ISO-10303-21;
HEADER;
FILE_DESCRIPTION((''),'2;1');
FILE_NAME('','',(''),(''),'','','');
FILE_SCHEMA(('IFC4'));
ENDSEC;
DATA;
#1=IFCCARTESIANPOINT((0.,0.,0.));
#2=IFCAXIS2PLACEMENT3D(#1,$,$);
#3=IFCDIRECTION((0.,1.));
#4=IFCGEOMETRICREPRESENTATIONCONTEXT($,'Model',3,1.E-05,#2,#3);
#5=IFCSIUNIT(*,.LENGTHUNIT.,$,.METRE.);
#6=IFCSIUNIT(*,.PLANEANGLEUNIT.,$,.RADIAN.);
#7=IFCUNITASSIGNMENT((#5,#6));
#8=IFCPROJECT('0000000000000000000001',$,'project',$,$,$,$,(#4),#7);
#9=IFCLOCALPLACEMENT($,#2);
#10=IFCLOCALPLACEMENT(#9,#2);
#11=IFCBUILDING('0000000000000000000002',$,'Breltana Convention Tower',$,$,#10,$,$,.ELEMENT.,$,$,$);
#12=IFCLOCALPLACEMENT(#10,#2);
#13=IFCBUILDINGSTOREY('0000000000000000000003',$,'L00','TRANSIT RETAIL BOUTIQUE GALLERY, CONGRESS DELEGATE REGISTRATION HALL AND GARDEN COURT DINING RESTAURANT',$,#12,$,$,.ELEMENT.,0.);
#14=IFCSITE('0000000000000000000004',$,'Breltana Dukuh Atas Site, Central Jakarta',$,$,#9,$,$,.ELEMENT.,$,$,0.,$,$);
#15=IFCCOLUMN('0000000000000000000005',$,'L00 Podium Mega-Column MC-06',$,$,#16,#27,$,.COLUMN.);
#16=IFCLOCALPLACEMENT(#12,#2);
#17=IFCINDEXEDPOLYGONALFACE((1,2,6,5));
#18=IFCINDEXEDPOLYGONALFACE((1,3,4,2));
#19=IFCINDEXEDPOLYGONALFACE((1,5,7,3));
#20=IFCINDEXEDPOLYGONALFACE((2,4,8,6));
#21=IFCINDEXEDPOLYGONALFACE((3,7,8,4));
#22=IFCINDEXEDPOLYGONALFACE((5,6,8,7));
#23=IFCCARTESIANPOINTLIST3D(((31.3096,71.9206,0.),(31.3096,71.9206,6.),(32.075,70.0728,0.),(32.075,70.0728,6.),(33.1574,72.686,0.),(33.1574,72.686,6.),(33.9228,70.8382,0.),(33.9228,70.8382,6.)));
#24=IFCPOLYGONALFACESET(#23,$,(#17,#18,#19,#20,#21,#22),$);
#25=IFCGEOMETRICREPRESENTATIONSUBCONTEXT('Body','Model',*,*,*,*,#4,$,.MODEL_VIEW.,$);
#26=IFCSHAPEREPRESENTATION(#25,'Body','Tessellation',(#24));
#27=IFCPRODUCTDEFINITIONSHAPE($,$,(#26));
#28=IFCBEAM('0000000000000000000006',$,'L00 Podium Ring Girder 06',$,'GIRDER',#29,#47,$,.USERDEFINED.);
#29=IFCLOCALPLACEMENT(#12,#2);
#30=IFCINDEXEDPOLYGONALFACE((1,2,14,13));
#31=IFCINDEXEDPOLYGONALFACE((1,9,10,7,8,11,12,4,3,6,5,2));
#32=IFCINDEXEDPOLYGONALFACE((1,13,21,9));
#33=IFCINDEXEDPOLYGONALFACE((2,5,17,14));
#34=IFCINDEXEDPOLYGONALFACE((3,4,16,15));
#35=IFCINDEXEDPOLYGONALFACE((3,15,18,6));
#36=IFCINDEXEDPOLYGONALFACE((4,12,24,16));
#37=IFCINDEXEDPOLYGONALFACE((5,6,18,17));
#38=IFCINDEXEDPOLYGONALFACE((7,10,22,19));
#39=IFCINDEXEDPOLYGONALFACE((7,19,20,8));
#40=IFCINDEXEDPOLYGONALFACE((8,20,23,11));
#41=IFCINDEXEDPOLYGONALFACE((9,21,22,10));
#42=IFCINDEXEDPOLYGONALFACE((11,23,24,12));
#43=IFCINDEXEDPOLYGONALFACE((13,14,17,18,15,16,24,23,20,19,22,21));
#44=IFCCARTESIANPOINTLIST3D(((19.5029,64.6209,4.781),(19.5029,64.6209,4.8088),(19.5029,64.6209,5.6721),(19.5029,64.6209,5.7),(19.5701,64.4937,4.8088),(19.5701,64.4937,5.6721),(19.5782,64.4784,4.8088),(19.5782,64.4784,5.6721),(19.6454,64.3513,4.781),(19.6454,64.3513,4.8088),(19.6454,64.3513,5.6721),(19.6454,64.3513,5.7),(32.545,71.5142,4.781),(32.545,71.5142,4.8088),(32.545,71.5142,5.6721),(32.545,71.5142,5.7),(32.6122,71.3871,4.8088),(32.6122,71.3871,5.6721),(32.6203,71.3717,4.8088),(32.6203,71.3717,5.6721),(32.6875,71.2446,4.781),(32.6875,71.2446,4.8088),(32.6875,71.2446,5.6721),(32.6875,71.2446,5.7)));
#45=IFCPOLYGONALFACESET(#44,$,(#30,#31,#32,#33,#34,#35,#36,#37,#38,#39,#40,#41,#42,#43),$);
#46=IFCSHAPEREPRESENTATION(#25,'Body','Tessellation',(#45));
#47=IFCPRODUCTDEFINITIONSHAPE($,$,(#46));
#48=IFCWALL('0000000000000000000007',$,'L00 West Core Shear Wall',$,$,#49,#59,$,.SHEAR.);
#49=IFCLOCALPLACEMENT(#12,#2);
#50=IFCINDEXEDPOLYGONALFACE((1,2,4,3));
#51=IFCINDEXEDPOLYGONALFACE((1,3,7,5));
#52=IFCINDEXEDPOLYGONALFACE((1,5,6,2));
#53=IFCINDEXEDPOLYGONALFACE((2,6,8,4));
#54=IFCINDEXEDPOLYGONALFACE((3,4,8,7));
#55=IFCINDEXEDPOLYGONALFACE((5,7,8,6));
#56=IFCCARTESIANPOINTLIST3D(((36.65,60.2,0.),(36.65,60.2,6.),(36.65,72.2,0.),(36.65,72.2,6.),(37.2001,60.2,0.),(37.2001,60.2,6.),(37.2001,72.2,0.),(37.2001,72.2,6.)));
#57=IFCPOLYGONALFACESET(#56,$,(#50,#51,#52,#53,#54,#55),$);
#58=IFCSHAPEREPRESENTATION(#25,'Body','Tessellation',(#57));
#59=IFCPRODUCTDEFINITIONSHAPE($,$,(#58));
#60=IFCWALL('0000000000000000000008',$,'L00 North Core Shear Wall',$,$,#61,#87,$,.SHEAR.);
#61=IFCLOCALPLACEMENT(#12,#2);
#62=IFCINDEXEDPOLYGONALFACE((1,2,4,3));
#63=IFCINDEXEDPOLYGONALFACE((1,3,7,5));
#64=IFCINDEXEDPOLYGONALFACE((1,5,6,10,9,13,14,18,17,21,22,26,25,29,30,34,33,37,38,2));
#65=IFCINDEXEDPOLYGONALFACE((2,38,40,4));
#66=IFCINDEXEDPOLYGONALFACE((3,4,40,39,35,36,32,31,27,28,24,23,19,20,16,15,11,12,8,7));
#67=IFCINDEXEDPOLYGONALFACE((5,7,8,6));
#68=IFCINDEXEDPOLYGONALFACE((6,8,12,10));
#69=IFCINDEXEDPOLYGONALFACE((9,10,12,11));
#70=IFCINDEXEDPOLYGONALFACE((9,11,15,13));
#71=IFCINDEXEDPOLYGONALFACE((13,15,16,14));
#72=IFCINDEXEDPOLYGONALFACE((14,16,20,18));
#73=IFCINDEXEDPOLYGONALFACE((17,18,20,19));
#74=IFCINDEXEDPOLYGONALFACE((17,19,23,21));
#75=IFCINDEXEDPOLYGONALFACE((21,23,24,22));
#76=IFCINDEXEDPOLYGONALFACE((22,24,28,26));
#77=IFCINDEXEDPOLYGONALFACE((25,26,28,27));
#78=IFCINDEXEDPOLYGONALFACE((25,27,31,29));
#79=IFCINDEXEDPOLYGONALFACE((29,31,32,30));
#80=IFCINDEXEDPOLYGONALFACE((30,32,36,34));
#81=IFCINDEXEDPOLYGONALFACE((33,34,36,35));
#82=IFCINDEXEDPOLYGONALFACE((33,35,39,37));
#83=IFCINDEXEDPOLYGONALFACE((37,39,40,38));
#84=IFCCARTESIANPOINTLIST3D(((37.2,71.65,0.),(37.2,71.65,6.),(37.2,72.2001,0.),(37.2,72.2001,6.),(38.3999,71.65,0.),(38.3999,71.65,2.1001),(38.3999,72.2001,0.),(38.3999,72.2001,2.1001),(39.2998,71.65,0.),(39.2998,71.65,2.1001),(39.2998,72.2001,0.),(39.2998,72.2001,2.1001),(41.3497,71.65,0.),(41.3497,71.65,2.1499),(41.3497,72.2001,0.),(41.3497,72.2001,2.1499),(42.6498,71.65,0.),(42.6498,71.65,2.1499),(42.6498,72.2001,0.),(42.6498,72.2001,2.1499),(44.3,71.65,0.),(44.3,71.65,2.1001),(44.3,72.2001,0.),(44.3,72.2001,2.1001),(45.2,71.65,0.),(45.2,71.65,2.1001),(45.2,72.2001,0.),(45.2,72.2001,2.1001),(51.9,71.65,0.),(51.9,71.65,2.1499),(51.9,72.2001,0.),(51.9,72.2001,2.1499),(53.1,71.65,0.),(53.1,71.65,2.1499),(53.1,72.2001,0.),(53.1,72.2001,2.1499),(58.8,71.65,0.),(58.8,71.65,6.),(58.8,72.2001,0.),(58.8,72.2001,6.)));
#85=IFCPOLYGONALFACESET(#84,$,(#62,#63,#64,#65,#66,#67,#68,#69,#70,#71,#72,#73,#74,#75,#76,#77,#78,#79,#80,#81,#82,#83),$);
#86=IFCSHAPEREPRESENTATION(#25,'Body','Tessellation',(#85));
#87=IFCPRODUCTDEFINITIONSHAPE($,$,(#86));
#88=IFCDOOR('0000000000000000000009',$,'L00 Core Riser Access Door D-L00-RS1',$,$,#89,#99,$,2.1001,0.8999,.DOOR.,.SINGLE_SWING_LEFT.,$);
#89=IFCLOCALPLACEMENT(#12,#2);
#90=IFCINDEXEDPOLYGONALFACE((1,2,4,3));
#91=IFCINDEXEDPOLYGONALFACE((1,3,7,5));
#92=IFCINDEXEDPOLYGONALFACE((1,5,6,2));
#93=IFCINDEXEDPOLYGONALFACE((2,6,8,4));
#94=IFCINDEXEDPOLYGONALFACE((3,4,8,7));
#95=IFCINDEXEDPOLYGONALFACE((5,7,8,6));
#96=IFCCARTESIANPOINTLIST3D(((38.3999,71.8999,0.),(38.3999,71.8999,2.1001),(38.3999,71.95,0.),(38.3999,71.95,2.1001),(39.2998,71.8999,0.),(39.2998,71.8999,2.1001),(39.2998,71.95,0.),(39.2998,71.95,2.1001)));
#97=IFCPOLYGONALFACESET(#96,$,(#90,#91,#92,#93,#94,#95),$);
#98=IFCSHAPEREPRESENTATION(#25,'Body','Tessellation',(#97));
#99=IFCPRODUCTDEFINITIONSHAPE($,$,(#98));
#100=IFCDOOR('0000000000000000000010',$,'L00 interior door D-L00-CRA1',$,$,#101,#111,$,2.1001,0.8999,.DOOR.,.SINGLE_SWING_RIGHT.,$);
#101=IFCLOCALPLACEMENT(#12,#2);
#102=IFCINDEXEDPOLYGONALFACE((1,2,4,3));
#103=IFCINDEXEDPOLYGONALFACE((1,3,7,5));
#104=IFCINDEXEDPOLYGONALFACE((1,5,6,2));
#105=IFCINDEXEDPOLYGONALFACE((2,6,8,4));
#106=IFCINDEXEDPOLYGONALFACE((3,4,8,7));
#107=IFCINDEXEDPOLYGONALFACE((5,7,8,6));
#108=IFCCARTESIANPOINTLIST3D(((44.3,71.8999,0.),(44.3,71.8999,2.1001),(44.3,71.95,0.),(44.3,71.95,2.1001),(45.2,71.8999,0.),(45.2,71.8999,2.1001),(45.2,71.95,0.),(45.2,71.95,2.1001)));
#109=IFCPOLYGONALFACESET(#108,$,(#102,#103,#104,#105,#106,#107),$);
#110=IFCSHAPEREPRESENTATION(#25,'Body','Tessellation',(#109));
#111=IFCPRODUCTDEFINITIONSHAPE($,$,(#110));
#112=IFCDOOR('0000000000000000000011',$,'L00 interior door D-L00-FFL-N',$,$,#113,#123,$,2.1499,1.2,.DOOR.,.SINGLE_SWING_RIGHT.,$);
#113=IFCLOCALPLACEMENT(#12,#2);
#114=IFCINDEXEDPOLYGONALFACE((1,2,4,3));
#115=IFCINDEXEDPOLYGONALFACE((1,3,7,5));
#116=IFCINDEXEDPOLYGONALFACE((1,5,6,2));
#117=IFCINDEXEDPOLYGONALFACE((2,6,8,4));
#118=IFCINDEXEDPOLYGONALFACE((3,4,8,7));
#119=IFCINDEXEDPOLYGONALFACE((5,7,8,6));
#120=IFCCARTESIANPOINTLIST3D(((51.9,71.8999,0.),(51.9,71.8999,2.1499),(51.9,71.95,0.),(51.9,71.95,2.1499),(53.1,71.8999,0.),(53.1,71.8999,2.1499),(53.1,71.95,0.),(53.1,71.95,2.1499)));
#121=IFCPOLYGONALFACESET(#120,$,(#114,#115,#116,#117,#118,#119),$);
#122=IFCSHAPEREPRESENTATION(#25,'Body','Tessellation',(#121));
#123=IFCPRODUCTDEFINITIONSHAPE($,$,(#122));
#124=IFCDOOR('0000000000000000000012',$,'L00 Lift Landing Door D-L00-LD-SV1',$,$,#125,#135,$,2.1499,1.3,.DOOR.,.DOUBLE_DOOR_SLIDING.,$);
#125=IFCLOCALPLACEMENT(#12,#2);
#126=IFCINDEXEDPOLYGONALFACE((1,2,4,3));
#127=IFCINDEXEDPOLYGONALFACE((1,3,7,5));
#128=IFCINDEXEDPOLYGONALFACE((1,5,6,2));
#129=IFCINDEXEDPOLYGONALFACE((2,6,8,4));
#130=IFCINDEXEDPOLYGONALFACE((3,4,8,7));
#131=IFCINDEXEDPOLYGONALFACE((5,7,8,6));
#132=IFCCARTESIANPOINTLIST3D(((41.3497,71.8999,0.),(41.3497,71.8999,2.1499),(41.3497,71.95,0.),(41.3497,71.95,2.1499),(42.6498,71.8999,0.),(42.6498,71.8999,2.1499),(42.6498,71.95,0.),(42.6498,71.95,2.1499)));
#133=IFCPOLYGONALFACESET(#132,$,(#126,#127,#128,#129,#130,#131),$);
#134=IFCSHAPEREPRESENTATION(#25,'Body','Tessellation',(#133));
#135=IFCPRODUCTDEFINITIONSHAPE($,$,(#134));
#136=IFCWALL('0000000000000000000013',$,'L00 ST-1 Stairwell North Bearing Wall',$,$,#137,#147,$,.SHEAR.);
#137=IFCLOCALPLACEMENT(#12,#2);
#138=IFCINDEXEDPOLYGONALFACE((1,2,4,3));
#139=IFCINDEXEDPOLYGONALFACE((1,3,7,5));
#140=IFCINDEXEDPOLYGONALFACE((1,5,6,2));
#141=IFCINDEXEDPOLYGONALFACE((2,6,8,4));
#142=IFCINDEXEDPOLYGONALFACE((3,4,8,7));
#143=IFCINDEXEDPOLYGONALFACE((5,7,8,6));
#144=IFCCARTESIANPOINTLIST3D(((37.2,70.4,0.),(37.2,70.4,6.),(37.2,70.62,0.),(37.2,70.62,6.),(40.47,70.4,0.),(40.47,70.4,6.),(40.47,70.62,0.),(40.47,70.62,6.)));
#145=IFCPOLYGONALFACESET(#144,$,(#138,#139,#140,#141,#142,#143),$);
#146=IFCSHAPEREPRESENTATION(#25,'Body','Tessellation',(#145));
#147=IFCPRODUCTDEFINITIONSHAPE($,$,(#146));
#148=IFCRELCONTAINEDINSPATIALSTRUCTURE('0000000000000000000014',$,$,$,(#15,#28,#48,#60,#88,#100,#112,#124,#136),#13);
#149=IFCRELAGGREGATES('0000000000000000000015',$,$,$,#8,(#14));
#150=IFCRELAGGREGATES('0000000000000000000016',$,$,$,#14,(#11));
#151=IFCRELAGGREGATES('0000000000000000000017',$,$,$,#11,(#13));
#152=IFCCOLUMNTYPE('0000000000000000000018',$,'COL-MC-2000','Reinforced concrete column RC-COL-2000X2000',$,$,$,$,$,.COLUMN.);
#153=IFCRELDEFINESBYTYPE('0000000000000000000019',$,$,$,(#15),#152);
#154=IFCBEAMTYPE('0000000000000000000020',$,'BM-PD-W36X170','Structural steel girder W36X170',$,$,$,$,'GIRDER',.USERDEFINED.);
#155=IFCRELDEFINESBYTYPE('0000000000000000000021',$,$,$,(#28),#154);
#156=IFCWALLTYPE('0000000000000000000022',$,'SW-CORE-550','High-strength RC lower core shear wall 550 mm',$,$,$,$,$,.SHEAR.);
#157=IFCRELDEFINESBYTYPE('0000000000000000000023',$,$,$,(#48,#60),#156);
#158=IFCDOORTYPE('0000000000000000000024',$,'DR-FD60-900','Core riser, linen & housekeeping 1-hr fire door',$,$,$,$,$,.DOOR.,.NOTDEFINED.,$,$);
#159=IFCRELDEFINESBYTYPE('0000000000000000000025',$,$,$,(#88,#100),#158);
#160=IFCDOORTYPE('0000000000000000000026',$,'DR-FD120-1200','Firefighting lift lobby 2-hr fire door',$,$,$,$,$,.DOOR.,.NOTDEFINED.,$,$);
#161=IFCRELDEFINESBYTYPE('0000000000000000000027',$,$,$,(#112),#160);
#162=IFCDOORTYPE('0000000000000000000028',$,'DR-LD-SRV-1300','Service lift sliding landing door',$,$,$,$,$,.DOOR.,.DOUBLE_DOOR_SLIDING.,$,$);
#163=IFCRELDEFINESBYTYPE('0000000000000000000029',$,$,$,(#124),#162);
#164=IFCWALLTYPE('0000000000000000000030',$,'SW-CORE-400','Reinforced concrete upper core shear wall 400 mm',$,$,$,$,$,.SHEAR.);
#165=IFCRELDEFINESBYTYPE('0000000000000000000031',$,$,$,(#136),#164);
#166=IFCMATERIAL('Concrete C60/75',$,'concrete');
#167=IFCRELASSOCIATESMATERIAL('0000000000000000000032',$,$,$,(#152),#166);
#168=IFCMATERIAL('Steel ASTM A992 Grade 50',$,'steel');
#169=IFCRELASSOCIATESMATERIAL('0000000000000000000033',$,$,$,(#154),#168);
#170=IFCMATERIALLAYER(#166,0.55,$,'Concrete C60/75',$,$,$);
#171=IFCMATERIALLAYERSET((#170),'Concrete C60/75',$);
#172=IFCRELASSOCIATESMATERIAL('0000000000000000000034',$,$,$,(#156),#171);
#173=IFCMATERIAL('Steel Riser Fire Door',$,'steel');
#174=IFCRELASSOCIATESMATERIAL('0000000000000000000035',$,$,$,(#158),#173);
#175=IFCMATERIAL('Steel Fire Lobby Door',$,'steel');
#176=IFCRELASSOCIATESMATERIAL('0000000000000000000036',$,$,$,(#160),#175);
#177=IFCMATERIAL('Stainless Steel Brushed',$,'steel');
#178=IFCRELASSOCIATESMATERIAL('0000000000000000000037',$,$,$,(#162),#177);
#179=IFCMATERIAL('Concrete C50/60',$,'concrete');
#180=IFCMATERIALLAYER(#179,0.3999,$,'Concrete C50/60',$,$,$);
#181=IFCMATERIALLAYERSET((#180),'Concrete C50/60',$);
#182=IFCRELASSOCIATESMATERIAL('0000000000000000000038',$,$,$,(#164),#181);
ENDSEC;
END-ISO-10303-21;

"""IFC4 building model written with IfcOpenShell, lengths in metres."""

from ifc_helpers import new_model, si_unit, direction, frame, frame_2d, origin, origin_2d, place, context, subcontext, project, spatial, rectangle, i_section, extrude, source, transform, mapped, material, layer, layer_set, material_profile, profile_set, type_object, type_shapes, element, fill, save


model = new_model("IFC4")

# Units and contexts
model_context = context("Model", 3, precision=1e-05, world=origin(), true_north=direction((0.0, 1.0)))
body_context = subcontext(model_context, "Body", "Model", "MODEL_VIEW")
ifc_project = project(units=[si_unit("LENGTHUNIT", "METRE"), si_unit("PLANEANGLEUNIT", "RADIAN")], contexts=[model_context])

# Site, building, storey
site_placement = place(None, origin())
site = spatial("IfcSite", under=ifc_project, at=site_placement, Name="Breltana Dukuh Atas Site, Central Jakarta", CompositionType="ELEMENT", RefElevation=0.0)
building_placement = place(site_placement, origin())
building = spatial("IfcBuilding", under=site, at=building_placement, Name="Breltana Convention Tower", CompositionType="ELEMENT")
storey_placement = place(building_placement, origin())
storey = spatial("IfcBuildingStorey", under=building, at=storey_placement, Name="L00", Description="TRANSIT RETAIL BOUTIQUE GALLERY, CONGRESS DELEGATE REGISTRATION HALL AND GARDEN COURT DINING RESTAURANT", CompositionType="ELEMENT", Elevation=0.0)

# Column
ifc_material_1 = material(Name="Concrete C60/75", Category="concrete")
ifc_material_profile_1 = material_profile(ifc_material_1, rectangle(XDim=2.0, YDim=2.0, at=origin_2d()), Name="RC-COL-2000X2000")
ifc_profile_set_1 = profile_set([ifc_material_profile_1], Name="Concrete C60/75")
column_type = type_object("IfcColumnType", Name="COL-MC-2000", Description="Reinforced concrete column RC-COL-2000X2000", PredefinedType="COLUMN", material=ifc_profile_set_1)
shared_shape_1 = source(origin(), body_context, "Body", "SweptSolid", [
    extrude(rectangle(XDim=2.0, YDim=2.0, at=origin_2d()), origin(), (0.0, 0.0, 1.0), 6.0),
])
column_placement = place(storey_placement, frame((32.6162, 71.3794, 0.0), z_axis=(0.0, 0.0, 1.0), x_axis=(-0.382683, 0.92388, 0.0)))
element("IfcColumn", 1, at=column_placement, inside=storey, type_object=column_type, Name="L00 Podium Mega-Column MC-06", PredefinedType="COLUMN", context=body_context, shape_type="MappedRepresentation", body=[
    mapped(shared_shape_1, transform((0.0, 0.0, 0.0), scale=1.0)),
])

# Beam
ifc_material_2 = material(Name="Steel ASTM A992 Grade 50", Category="steel")
ifc_material_profile_2 = material_profile(ifc_material_2, i_section(OverallWidth=0.3049, OverallDepth=0.9189, WebThickness=0.0173, FlangeThickness=0.0278, at=origin_2d()), Name="W36X170")
ifc_profile_set_2 = profile_set([ifc_material_profile_2], Name="Steel ASTM A992 Grade 50")
beam_type = type_object("IfcBeamType", Name="BM-PD-W36X170", Description="Structural steel girder W36X170", ElementType="GIRDER", PredefinedType="USERDEFINED", material=ifc_profile_set_2)
shared_shape_2 = source(origin(), body_context, "Body", "SweptSolid", [
    extrude(i_section(OverallWidth=0.3049, OverallDepth=0.9189, WebThickness=0.0173, FlangeThickness=0.0278, at=origin_2d()), origin(), (0.0, 0.0, 1.0), 14.7517),
])
beam_placement = place(storey_placement, frame((32.6162, 71.3794, 5.2405), z_axis=(-0.884104, -0.467291, 0.0), x_axis=(0.467291, -0.884104, 0.0)))
element("IfcBeam", 2, at=beam_placement, inside=storey, type_object=beam_type, Name="L00 Podium Ring Girder 06", ObjectType="GIRDER", PredefinedType="USERDEFINED", context=body_context, shape_type="MappedRepresentation", body=[
    mapped(shared_shape_2, transform((0.0, 0.0, 0.0), scale=1.0)),
])

# Wall
ifc_layer_1 = layer(ifc_material_1, 0.55, Name="Concrete C60/75")
ifc_layer_set_1 = layer_set([ifc_layer_1], Name="Concrete C60/75")
wall_type_1 = type_object("IfcWallType", Name="SW-CORE-550", Description="High-strength RC lower core shear wall 550 mm", PredefinedType="SHEAR", material=ifc_layer_set_1)
shared_shape_3 = source(origin(), body_context, "Body", "SweptSolid", [
    extrude(rectangle(XDim=12.0, YDim=0.55, at=frame_2d((6.0, 0.0))), origin(), (0.0, 0.0, 1.0), 6.0),
])
wall_1_placement = place(storey_placement, frame((36.925, 60.2, 0.0), z_axis=(0.0, 0.0, 1.0), x_axis=(0.0, 1.0, 0.0)))
element("IfcWall", 3, at=wall_1_placement, inside=storey, type_object=wall_type_1, Name="L00 West Core Shear Wall", PredefinedType="SHEAR", context=body_context, shape_type="MappedRepresentation", body=[
    mapped(shared_shape_3, transform((0.0, 0.0, 0.0), scale=1.0)),
])

# Wall, openings, doors
shared_shape_4 = source(origin(), body_context, "Body", "SweptSolid", [
    extrude(rectangle(XDim=21.6001, YDim=0.55, at=frame_2d((10.8, 0.0))), origin(), (0.0, 0.0, 1.0), 6.0),
])
ifc_material_3 = material(Name="Steel Riser Fire Door", Category="steel")
door_type_1 = type_object("IfcDoorType", Name="DR-FD60-900", Description="Core riser, linen & housekeeping 1-hr fire door", OperationType="NOTDEFINED", PredefinedType="DOOR", material=ifc_material_3)
shared_shape_5 = source(origin(), body_context, "Body", "SweptSolid", [
    extrude(rectangle(XDim=0.8999, YDim=2.1001, at=frame_2d((0.45, 1.05))), frame((0.0, 0.0249, 0.0), z_axis=(0.0, -1.0, 0.0), x_axis=(1.0, 0.0, 0.0)), (0.0, 0.0, 1.0), 0.05),
])
type_shapes(door_type_1, [shared_shape_5])
wall_2_placement = place(storey_placement, frame((37.2, 71.925, 0.0), z_axis=(0.0, 0.0, 1.0), x_axis=(1.0, 0.0, 0.0)))
wall_2 = element("IfcWall", 4, at=wall_2_placement, inside=storey, type_object=wall_type_1, Name="L00 North Core Shear Wall", PredefinedType="SHEAR", context=body_context, shape_type="MappedRepresentation", body=[
    mapped(shared_shape_4, transform((0.0, 0.0, 0.0), scale=1.0)),
])
opening_1_placement = place(wall_2_placement, frame((1.2, 0.0, 0.0)))
opening_1 = element("IfcOpeningElement", 5, at=opening_1_placement, cuts=wall_2, PredefinedType="OPENING", context=body_context, shape_type="SweptSolid", body=[
    extrude(rectangle(XDim=0.8999, YDim=2.1001, at=frame_2d((0.45, 1.05))), frame((0.0, 0.2852, 0.0), z_axis=(0.0, -1.0, 0.0), x_axis=(1.0, 0.0, 0.0)), (0.0, 0.0, 1.0), 0.5701),
])
opening_2_placement = place(wall_2_placement, frame((14.7, 0.0, 0.0)))
opening_2 = element("IfcOpeningElement", 6, at=opening_2_placement, cuts=wall_2, PredefinedType="OPENING", context=body_context, shape_type="SweptSolid", body=[
    extrude(rectangle(XDim=1.2, YDim=2.1499, at=frame_2d((0.6001, 1.075))), frame((0.0, 0.2852, 0.0), z_axis=(0.0, -1.0, 0.0), x_axis=(1.0, 0.0, 0.0)), (0.0, 0.0, 1.0), 0.5701),
])
opening_3_placement = place(wall_2_placement, frame((4.1499, 0.0, 0.0)))
opening_3 = element("IfcOpeningElement", 7, at=opening_3_placement, cuts=wall_2, PredefinedType="OPENING", context=body_context, shape_type="SweptSolid", body=[
    extrude(rectangle(XDim=1.3, YDim=2.1499, at=frame_2d((0.6499, 1.075))), frame((0.0, 0.2852, 0.0), z_axis=(0.0, -1.0, 0.0), x_axis=(1.0, 0.0, 0.0)), (0.0, 0.0, 1.0), 0.5701),
])
opening_4_placement = place(wall_2_placement, frame((7.1001, 0.0, 0.0)))
opening_4 = element("IfcOpeningElement", 8, at=opening_4_placement, cuts=wall_2, PredefinedType="OPENING", context=body_context, shape_type="SweptSolid", body=[
    extrude(rectangle(XDim=0.8999, YDim=2.1001, at=frame_2d((0.45, 1.05))), frame((0.0, 0.2852, 0.0), z_axis=(0.0, -1.0, 0.0), x_axis=(1.0, 0.0, 0.0)), (0.0, 0.0, 1.0), 0.5701),
])
door_1_placement = place(opening_1_placement, origin())
door_1 = element("IfcDoor", 9, at=door_1_placement, inside=storey, type_object=door_type_1, Name="L00 Core Riser Access Door D-L00-RS1", OperationType="SINGLE_SWING_LEFT", OverallHeight=2.1001, OverallWidth=0.8999, PredefinedType="DOOR", context=body_context, shape_type="MappedRepresentation", body=[
    mapped(shared_shape_5, transform((0.0, 0.0, 0.0), scale=1.0)),
])
fill(opening_1, door_1)
door_2_placement = place(opening_4_placement, origin())
door_2 = element("IfcDoor", 10, at=door_2_placement, inside=storey, type_object=door_type_1, Name="L00 interior door D-L00-CRA1", OperationType="SINGLE_SWING_RIGHT", OverallHeight=2.1001, OverallWidth=0.8999, PredefinedType="DOOR", context=body_context, shape_type="MappedRepresentation", body=[
    mapped(shared_shape_5, transform((0.0, 0.0, 0.0), scale=1.0)),
])
fill(opening_4, door_2)
ifc_material_4 = material(Name="Steel Fire Lobby Door", Category="steel")
door_type_2 = type_object("IfcDoorType", Name="DR-FD120-1200", Description="Firefighting lift lobby 2-hr fire door", OperationType="NOTDEFINED", PredefinedType="DOOR", material=ifc_material_4)
shared_shape_6 = source(origin(), body_context, "Body", "SweptSolid", [
    extrude(rectangle(XDim=1.2, YDim=2.1499, at=frame_2d((0.6001, 1.075))), frame((0.0, 0.0249, 0.0), z_axis=(0.0, -1.0, 0.0), x_axis=(1.0, 0.0, 0.0)), (0.0, 0.0, 1.0), 0.05),
])
type_shapes(door_type_2, [shared_shape_6])
door_3_placement = place(opening_2_placement, origin())
door_3 = element("IfcDoor", 11, at=door_3_placement, inside=storey, type_object=door_type_2, Name="L00 interior door D-L00-FFL-N", OperationType="SINGLE_SWING_RIGHT", OverallHeight=2.1499, OverallWidth=1.2, PredefinedType="DOOR", context=body_context, shape_type="MappedRepresentation", body=[
    mapped(shared_shape_6, transform((0.0, 0.0, 0.0), scale=1.0)),
])
fill(opening_2, door_3)
ifc_material_5 = material(Name="Stainless Steel Brushed", Category="steel")
door_type_3 = type_object("IfcDoorType", Name="DR-LD-SRV-1300", Description="Service lift sliding landing door", OperationType="DOUBLE_DOOR_SLIDING", PredefinedType="DOOR", material=ifc_material_5)
shared_shape_7 = source(origin(), body_context, "Body", "SweptSolid", [
    extrude(rectangle(XDim=1.3, YDim=2.1499, at=frame_2d((0.6499, 1.075))), frame((0.0, 0.0249, 0.0), z_axis=(0.0, -1.0, 0.0), x_axis=(1.0, 0.0, 0.0)), (0.0, 0.0, 1.0), 0.05),
])
type_shapes(door_type_3, [shared_shape_7])
door_4_placement = place(opening_3_placement, origin())
door_4 = element("IfcDoor", 12, at=door_4_placement, inside=storey, type_object=door_type_3, Name="L00 Lift Landing Door D-L00-LD-SV1", OperationType="DOUBLE_DOOR_SLIDING", OverallHeight=2.1499, OverallWidth=1.3, PredefinedType="DOOR", context=body_context, shape_type="MappedRepresentation", body=[
    mapped(shared_shape_7, transform((0.0, 0.0, 0.0), scale=1.0)),
])
fill(opening_3, door_4)

# Wall
ifc_material_6 = material(Name="Concrete C50/60", Category="concrete")
ifc_layer_2 = layer(ifc_material_6, 0.3999, Name="Concrete C50/60")
ifc_layer_set_2 = layer_set([ifc_layer_2], Name="Concrete C50/60")
wall_type_2 = type_object("IfcWallType", Name="SW-CORE-400", Description="Reinforced concrete upper core shear wall 400 mm", PredefinedType="SHEAR", material=ifc_layer_set_2)
shared_shape_8 = source(origin(), body_context, "Body", "SweptSolid", [
    extrude(rectangle(XDim=3.27, YDim=0.22, at=frame_2d((1.635, 0.0))), origin(), (0.0, 0.0, 1.0), 6.0),
])
wall_3_placement = place(storey_placement, frame((37.2, 70.51, 0.0), z_axis=(0.0, 0.0, 1.0), x_axis=(1.0, 0.0, 0.0)))
element("IfcWall", 13, at=wall_3_placement, inside=storey, type_object=wall_type_2, Name="L00 ST-1 Stairwell North Bearing Wall", PredefinedType="SHEAR", context=body_context, shape_type="MappedRepresentation", body=[
    mapped(shared_shape_8, transform((0.0, 0.0, 0.0), scale=1.0)),
])

save(model, "model.ifc")
